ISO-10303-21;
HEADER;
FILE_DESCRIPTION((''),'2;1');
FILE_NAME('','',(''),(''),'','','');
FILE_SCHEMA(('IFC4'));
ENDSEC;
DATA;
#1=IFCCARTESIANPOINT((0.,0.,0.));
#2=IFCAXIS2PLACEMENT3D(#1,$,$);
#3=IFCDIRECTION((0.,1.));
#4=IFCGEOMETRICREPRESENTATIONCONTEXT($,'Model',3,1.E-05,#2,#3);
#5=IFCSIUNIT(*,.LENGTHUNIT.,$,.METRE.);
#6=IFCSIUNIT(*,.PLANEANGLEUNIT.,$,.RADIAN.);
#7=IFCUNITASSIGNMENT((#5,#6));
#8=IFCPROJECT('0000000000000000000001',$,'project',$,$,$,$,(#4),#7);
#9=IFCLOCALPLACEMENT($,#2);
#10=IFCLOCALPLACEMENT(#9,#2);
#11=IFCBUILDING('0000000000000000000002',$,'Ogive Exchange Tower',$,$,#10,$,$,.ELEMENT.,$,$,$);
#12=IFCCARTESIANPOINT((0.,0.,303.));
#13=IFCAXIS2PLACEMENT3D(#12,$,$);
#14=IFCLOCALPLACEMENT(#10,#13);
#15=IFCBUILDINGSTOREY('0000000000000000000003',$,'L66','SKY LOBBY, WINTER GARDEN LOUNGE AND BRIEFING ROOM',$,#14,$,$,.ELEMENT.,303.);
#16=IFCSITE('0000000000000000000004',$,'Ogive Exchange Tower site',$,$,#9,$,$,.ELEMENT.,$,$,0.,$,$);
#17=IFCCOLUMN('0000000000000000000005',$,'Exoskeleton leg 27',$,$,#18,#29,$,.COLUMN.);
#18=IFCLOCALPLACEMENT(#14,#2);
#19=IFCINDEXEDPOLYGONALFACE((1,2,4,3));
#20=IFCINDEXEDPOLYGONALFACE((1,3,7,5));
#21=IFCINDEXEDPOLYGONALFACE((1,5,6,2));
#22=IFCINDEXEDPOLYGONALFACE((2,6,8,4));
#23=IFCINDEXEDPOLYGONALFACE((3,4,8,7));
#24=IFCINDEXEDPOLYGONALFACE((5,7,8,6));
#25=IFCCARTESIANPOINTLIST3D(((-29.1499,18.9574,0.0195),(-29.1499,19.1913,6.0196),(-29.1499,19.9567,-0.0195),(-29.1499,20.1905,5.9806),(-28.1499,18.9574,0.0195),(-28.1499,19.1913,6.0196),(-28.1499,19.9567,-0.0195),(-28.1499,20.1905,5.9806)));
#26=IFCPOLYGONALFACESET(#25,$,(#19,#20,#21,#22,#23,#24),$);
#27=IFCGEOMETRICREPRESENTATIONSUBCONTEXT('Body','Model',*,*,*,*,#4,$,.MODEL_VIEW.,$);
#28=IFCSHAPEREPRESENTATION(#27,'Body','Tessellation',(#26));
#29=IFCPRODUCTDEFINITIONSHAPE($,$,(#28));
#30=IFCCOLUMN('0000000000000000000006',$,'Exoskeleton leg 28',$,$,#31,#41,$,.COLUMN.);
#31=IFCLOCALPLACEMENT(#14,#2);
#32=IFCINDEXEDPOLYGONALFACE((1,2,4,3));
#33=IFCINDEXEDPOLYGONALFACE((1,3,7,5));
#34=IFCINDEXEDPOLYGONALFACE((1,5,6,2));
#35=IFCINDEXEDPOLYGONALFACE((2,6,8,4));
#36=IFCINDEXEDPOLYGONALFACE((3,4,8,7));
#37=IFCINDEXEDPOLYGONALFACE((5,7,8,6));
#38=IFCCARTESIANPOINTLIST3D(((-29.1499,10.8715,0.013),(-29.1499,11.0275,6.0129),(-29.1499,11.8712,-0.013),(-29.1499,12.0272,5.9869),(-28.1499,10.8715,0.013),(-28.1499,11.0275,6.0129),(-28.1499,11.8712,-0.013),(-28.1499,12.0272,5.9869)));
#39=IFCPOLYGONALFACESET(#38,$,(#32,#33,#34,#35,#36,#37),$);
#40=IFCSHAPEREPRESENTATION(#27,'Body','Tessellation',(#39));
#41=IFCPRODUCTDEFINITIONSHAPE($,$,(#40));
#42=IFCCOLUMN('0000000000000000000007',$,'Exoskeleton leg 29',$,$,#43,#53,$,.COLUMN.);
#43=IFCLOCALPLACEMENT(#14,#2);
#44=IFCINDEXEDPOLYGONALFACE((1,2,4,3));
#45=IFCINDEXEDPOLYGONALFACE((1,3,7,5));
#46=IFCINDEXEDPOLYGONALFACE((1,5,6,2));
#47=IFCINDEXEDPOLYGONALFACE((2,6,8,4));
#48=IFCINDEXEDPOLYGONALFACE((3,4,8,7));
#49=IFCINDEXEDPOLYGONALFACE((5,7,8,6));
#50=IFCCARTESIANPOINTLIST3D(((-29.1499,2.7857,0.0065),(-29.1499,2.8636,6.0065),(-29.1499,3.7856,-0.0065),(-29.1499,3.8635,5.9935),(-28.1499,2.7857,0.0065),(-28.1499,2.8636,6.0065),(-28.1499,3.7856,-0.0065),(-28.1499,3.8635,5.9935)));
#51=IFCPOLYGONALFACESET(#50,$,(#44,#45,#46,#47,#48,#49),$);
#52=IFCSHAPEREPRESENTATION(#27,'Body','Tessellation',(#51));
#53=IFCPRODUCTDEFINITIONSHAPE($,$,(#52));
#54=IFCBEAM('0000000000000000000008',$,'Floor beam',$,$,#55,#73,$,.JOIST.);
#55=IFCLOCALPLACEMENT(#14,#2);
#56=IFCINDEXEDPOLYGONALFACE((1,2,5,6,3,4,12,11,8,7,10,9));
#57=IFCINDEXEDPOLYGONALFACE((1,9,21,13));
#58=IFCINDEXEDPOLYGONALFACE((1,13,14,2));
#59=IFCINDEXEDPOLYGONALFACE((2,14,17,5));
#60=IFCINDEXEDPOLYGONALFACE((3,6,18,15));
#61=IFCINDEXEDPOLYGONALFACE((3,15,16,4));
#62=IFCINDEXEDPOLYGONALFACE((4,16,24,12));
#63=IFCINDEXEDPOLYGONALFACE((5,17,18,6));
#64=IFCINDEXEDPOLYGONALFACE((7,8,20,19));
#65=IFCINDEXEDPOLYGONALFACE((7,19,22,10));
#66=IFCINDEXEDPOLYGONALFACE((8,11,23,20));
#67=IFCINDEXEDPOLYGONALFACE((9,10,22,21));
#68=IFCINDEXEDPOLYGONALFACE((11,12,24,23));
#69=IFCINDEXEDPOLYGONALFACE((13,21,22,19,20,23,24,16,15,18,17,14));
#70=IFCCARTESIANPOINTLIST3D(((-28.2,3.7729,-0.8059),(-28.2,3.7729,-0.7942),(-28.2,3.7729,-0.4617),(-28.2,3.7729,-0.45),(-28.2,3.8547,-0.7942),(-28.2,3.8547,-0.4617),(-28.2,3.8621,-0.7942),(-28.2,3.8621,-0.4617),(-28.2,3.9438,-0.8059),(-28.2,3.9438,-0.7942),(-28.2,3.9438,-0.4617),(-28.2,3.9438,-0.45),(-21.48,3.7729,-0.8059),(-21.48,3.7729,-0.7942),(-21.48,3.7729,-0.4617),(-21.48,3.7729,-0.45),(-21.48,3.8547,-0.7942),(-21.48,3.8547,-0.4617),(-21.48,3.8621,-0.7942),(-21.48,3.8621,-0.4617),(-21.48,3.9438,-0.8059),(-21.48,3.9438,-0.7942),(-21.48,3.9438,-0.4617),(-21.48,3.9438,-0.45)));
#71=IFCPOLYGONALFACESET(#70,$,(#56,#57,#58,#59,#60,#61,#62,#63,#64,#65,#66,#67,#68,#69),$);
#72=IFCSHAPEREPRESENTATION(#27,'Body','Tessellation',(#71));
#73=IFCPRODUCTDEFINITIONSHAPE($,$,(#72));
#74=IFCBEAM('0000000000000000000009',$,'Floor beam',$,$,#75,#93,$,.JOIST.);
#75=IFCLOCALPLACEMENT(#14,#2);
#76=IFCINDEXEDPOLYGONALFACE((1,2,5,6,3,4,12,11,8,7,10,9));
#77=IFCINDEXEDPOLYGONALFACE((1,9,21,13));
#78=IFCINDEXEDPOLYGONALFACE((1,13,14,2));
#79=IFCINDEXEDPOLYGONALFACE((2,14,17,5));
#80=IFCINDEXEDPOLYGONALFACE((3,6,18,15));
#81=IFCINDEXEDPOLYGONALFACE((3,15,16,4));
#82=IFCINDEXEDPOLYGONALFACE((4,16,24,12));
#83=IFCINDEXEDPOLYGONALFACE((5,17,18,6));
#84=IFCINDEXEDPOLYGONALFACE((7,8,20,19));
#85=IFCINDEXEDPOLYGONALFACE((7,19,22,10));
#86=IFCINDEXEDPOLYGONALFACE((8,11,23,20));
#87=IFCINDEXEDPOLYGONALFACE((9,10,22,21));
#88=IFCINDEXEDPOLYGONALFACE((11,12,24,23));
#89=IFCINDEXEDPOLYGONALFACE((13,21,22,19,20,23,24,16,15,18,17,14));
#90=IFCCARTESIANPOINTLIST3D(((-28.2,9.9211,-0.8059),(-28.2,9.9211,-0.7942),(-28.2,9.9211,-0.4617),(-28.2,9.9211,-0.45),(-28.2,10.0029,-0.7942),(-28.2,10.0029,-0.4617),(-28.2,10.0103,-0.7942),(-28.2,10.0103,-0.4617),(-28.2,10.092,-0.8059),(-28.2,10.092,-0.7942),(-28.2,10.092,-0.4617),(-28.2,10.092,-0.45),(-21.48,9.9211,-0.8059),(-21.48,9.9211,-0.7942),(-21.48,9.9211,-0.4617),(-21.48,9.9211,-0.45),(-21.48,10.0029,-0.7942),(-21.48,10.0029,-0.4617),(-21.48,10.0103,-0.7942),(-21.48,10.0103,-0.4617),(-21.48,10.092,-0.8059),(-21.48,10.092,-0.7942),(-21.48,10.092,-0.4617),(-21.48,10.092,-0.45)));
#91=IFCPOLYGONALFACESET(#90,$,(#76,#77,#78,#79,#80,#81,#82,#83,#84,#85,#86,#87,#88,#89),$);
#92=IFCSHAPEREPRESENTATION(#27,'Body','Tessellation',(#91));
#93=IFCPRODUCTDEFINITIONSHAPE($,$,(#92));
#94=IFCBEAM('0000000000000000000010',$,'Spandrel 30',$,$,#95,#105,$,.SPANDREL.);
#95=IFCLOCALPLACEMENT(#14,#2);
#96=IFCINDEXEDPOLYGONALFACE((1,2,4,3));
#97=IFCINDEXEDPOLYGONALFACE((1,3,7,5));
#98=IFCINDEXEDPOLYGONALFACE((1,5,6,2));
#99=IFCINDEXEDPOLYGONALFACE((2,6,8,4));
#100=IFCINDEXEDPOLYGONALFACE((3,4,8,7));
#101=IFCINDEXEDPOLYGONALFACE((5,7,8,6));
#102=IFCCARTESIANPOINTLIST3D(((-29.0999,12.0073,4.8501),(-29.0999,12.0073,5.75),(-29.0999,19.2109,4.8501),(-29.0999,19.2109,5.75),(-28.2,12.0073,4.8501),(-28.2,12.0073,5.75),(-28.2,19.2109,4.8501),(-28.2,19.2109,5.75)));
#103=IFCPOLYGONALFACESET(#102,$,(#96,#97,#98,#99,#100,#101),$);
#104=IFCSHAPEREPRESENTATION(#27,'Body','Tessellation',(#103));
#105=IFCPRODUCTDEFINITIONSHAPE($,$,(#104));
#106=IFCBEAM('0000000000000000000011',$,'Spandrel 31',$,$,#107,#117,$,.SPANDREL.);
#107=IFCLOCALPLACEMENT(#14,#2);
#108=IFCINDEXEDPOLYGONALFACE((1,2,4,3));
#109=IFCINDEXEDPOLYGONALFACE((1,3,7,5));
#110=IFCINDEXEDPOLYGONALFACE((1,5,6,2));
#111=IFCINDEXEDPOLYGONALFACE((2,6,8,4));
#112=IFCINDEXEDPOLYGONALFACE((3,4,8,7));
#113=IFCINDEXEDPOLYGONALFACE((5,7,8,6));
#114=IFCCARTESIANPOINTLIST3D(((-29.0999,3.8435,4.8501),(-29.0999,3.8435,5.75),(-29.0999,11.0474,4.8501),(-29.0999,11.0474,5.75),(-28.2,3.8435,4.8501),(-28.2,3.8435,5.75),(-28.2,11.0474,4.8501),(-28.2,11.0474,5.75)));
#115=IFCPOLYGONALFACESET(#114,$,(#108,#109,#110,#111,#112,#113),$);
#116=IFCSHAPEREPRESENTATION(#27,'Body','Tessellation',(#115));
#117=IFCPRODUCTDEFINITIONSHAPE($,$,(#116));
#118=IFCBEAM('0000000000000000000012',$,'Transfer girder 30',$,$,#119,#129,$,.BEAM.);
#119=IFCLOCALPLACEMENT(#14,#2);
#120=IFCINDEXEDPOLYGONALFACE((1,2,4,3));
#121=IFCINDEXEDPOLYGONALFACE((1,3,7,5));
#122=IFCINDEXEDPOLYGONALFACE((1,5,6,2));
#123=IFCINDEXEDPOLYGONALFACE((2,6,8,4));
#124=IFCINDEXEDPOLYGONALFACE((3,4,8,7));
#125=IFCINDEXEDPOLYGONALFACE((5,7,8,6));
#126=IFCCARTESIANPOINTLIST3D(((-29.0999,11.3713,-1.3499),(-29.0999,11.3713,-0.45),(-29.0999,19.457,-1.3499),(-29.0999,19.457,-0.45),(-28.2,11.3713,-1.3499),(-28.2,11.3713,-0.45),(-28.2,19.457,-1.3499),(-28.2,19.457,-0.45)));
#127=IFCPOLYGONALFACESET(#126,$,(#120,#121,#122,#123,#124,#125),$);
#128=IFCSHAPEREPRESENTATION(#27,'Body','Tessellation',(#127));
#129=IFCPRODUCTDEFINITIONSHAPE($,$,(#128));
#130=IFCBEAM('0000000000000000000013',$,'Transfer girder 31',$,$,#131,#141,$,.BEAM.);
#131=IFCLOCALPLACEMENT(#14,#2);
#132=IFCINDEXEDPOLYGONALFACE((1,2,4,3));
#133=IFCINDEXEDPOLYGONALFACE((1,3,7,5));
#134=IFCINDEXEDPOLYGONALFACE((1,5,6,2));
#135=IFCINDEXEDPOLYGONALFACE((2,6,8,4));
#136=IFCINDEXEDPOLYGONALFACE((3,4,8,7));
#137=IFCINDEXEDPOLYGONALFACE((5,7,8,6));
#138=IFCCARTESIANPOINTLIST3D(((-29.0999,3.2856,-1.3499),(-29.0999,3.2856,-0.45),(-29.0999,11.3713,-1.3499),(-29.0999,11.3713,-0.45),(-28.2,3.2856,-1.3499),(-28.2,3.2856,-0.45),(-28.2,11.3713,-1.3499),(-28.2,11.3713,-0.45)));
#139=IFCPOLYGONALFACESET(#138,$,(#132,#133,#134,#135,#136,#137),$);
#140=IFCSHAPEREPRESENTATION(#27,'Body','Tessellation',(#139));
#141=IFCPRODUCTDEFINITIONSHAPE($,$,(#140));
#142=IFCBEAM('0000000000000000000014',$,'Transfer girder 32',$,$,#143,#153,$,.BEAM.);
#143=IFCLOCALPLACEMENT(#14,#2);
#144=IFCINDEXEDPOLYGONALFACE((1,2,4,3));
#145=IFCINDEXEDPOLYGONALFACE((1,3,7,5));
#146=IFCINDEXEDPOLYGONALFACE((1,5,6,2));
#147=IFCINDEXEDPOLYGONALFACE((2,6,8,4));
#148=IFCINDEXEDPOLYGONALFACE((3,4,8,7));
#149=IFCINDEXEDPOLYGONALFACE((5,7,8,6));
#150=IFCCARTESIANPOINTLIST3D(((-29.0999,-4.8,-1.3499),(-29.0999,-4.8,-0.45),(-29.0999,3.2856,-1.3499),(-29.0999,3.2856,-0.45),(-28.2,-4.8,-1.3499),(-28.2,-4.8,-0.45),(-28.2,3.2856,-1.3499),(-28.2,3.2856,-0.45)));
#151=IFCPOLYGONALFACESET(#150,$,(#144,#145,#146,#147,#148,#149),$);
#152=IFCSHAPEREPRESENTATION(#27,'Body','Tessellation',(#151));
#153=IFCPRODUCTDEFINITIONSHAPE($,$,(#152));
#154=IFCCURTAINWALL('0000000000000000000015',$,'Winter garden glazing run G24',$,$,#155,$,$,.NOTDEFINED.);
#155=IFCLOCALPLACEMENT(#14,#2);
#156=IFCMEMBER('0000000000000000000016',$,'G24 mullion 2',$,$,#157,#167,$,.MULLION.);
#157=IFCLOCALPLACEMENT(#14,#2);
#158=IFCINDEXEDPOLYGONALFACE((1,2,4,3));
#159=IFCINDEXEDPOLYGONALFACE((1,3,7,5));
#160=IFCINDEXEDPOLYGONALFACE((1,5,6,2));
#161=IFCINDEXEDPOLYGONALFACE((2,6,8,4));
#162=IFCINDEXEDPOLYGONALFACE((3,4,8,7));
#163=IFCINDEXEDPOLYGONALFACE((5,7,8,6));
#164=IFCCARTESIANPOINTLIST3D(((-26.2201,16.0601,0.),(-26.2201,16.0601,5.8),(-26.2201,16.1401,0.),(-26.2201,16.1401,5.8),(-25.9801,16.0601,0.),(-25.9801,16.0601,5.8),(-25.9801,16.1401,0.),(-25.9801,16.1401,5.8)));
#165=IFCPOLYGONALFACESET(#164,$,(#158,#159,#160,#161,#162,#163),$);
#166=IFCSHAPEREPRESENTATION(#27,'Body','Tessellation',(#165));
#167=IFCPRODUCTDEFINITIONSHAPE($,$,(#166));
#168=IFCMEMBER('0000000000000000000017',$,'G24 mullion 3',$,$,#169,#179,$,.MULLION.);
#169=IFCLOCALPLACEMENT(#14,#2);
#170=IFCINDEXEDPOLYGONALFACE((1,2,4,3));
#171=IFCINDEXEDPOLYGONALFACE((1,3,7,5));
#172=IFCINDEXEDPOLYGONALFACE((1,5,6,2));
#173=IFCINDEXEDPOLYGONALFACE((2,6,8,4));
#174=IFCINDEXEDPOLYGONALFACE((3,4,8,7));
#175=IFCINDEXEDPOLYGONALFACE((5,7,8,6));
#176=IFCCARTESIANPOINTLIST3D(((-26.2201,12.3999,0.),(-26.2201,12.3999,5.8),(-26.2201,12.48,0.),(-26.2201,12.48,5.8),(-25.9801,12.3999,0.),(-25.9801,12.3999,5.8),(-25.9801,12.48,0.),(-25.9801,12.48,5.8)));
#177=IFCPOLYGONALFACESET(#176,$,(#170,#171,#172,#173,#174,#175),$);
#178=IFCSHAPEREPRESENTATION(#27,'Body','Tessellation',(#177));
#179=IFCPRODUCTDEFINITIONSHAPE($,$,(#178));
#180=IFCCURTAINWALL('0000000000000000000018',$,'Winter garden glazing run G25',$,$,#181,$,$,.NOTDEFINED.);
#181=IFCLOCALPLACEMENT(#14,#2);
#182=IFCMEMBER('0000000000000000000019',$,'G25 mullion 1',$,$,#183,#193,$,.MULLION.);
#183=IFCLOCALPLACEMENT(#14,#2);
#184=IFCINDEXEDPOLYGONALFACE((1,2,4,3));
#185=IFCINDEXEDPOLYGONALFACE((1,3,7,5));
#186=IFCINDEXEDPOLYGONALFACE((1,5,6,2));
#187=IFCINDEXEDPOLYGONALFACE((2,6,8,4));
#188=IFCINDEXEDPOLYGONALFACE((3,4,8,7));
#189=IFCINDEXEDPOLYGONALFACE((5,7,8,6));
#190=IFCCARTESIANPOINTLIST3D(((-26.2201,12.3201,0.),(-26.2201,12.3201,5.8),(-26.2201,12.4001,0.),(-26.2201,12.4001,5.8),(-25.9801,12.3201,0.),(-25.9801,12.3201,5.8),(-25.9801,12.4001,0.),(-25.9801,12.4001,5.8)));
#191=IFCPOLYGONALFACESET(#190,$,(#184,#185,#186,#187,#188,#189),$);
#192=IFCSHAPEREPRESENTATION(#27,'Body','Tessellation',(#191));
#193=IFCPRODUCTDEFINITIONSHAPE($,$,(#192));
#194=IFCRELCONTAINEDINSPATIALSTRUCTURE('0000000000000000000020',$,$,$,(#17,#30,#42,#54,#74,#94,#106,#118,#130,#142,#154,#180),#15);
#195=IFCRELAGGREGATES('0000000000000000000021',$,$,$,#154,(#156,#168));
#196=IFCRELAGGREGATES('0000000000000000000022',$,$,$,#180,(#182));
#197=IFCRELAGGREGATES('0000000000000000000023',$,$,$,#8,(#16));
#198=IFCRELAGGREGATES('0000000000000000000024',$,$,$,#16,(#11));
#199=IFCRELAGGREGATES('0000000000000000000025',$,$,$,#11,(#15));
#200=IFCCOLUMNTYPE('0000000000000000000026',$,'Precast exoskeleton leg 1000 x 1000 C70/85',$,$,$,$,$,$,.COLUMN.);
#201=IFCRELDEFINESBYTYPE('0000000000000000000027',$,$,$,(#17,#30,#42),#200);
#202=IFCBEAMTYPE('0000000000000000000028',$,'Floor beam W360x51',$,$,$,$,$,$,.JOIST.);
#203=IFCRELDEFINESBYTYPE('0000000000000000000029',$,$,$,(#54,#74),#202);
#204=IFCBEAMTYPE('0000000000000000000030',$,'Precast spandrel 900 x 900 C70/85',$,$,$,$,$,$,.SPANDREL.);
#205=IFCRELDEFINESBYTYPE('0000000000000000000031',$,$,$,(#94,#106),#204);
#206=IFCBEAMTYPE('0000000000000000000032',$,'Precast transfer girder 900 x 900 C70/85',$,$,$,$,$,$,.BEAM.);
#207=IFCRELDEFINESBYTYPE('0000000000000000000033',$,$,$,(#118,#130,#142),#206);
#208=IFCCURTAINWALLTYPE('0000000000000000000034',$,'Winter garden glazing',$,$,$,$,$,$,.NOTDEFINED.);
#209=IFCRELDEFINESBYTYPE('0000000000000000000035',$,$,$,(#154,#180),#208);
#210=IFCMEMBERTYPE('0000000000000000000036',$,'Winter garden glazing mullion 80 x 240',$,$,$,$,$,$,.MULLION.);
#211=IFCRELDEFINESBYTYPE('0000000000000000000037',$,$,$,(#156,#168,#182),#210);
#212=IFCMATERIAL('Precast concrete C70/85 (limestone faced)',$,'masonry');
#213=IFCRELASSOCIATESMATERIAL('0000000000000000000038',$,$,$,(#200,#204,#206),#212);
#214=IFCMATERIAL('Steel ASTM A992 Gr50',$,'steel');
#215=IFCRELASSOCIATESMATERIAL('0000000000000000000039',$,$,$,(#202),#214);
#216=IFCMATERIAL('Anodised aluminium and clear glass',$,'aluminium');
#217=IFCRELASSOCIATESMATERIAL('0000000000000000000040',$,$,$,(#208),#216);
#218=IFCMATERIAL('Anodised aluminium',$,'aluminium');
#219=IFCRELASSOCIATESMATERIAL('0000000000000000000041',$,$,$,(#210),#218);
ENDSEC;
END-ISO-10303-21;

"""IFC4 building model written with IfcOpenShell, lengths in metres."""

from ifc_helpers import new_model, si_unit, direction, frame, origin, origin_2d, place, context, subcontext, project, spatial, rectangle, i_section, extrude, material, material_profile, profile_set, type_object, element, aggregate, save


model = new_model("IFC4")

# Units and contexts
model_context = context("Model", 3, precision=1e-05, world=origin(), true_north=direction((0.0, 1.0)))
body_context = subcontext(model_context, "Body", "Model", "MODEL_VIEW")
ifc_project = project(units=[si_unit("LENGTHUNIT", "METRE"), si_unit("PLANEANGLEUNIT", "RADIAN")], contexts=[model_context])

# Site, building, storey
site_placement = place(None, origin())
site = spatial("IfcSite", under=ifc_project, at=site_placement, Name="Ogive Exchange Tower site", CompositionType="ELEMENT", RefElevation=0.0)
building_placement = place(site_placement, origin())
building = spatial("IfcBuilding", under=site, at=building_placement, Name="Ogive Exchange Tower", CompositionType="ELEMENT")
storey_placement = place(building_placement, frame((0.0, 0.0, 303.0)))
storey = spatial("IfcBuildingStorey", under=building, at=storey_placement, Name="L66", Description="SKY LOBBY, WINTER GARDEN LOUNGE AND BRIEFING ROOM", CompositionType="ELEMENT", Elevation=303.0)

# Columns
ifc_material_1 = material(Name="Precast concrete C70/85 (limestone faced)", Category="masonry")
ifc_material_profile_1 = material_profile(ifc_material_1, rectangle(XDim=1.0, YDim=1.0, at=origin_2d()), Name="1000 x 1000")
ifc_profile_set_1 = profile_set([ifc_material_profile_1], Name="Precast concrete C70/85 (limestone faced)")
column_type = type_object("IfcColumnType", Name="Precast exoskeleton leg 1000 x 1000 C70/85", PredefinedType="COLUMN", material=ifc_profile_set_1)
column_1_placement = place(storey_placement, frame((-28.6499, 19.457, 0.0), z_axis=(0.0, 0.038952, 0.999241), x_axis=(-1.0, 0.0, 0.0)))
element("IfcColumn", 1, at=column_1_placement, inside=storey, type_object=column_type, Name="Exoskeleton leg 27", PredefinedType="COLUMN", context=body_context, shape_type="SweptSolid", body=[
    extrude(rectangle(XDim=1.0, YDim=1.0, at=origin_2d()), origin(), (0.0, 0.0, 1.0), 6.0046),
])
column_2_placement = place(storey_placement, frame((-28.6499, 11.3713, 0.0), z_axis=(0.0, 0.025992, 0.999662), x_axis=(-1.0, 0.0, 0.0)))
element("IfcColumn", 2, at=column_2_placement, inside=storey, type_object=column_type, Name="Exoskeleton leg 28", PredefinedType="COLUMN", context=body_context, shape_type="SweptSolid", body=[
    extrude(rectangle(XDim=1.0, YDim=1.0, at=origin_2d()), origin(), (0.0, 0.0, 1.0), 6.002),
])
column_3_placement = place(storey_placement, frame((-28.6499, 3.2856, 0.0), z_axis=(0.0, 0.012979, 0.999916), x_axis=(-1.0, 0.0, 0.0)))
element("IfcColumn", 3, at=column_3_placement, inside=storey, type_object=column_type, Name="Exoskeleton leg 29", PredefinedType="COLUMN", context=body_context, shape_type="SweptSolid", body=[
    extrude(rectangle(XDim=1.0, YDim=1.0, at=origin_2d()), origin(), (0.0, 0.0, 1.0), 6.0005),
])

# Beams
ifc_material_2 = material(Name="Steel ASTM A992 Gr50", Category="steel")
ifc_material_profile_2 = material_profile(ifc_material_2, i_section(OverallWidth=0.1709, OverallDepth=0.356, WebThickness=0.0073, FlangeThickness=0.0117, at=origin_2d()), Name="W360x51")
ifc_profile_set_2 = profile_set([ifc_material_profile_2], Name="Steel ASTM A992 Gr50")
beam_type_1 = type_object("IfcBeamType", Name="Floor beam W360x51", PredefinedType="JOIST", material=ifc_profile_set_2)
for number, where, z_axis, x_axis, name in (
    (4, (-28.2, 3.8584, -0.6279), (1.0, 0.0, 0.0), (0.0, 1.0, 0.0), "Floor beam"),
    (5, (-28.2, 10.0066, -0.6279), (1.0, 0.0, 0.0), (0.0, 1.0, 0.0), "Floor beam"),
):
    element("IfcBeam", number, at=place(storey_placement, frame(where, z_axis=z_axis, x_axis=x_axis)), inside=storey, type_object=beam_type_1, Name=name, PredefinedType="JOIST", context=body_context, shape_type="SweptSolid", body=[
        extrude(i_section(OverallWidth=0.1709, OverallDepth=0.356, WebThickness=0.0073, FlangeThickness=0.0117, at=origin_2d()), origin(), (0.0, 0.0, 1.0), 6.72),
    ])
ifc_material_profile_3 = material_profile(ifc_material_1, rectangle(XDim=0.8999, YDim=0.8999, at=origin_2d()), Name="900 x 900")
ifc_profile_set_3 = profile_set([ifc_material_profile_3], Name="Precast concrete C70/85 (limestone faced)")
beam_type_2 = type_object("IfcBeamType", Name="Precast spandrel 900 x 900 C70/85", PredefinedType="SPANDREL", material=ifc_profile_set_3)
beam_1_placement = place(storey_placement, frame((-28.6499, 19.2109, 5.3), z_axis=(0.0, -1.0, 0.0), x_axis=(1.0, 0.0, 0.0)))
element("IfcBeam", 6, at=beam_1_placement, inside=storey, type_object=beam_type_2, Name="Spandrel 30", PredefinedType="SPANDREL", context=body_context, shape_type="SweptSolid", body=[
    extrude(rectangle(XDim=0.8999, YDim=0.8999, at=origin_2d()), origin(), (0.0, 0.0, 1.0), 7.2036),
])
beam_2_placement = place(storey_placement, frame((-28.6499, 11.0474, 5.3), z_axis=(0.0, -1.0, 0.0), x_axis=(1.0, 0.0, 0.0)))
element("IfcBeam", 7, at=beam_2_placement, inside=storey, type_object=beam_type_2, Name="Spandrel 31", PredefinedType="SPANDREL", context=body_context, shape_type="SweptSolid", body=[
    extrude(rectangle(XDim=0.8999, YDim=0.8999, at=origin_2d()), origin(), (0.0, 0.0, 1.0), 7.2039),
])
ifc_material_profile_4 = material_profile(ifc_material_1, rectangle(XDim=0.8999, YDim=0.8999, at=origin_2d()), Name="900 x 900")
ifc_profile_set_4 = profile_set([ifc_material_profile_4], Name="Precast concrete C70/85 (limestone faced)")
beam_type_3 = type_object("IfcBeamType", Name="Precast transfer girder 900 x 900 C70/85", PredefinedType="BEAM", material=ifc_profile_set_4)
for number, where, z_axis, x_axis, name in (
    (8, (-28.6499, 19.457, -0.8999), (0.0, -1.0, 0.0), (1.0, 0.0, 0.0), "Transfer girder 30"),
    (9, (-28.6499, 11.3713, -0.8999), (0.0, -1.0, 0.0), (1.0, 0.0, 0.0), "Transfer girder 31"),
    (10, (-28.6499, 3.2856, -0.8999), (0.0, -1.0, 0.0), (1.0, 0.0, 0.0), "Transfer girder 32"),
):
    element("IfcBeam", number, at=place(storey_placement, frame(where, z_axis=z_axis, x_axis=x_axis)), inside=storey, type_object=beam_type_3, Name=name, PredefinedType="BEAM", context=body_context, shape_type="SweptSolid", body=[
        extrude(rectangle(XDim=0.8999, YDim=0.8999, at=origin_2d()), origin(), (0.0, 0.0, 1.0), 8.0857),
    ])

# Curtain walls, members
ifc_material_3 = material(Name="Anodised aluminium and clear glass", Category="aluminium")
curtain_wall_type = type_object("IfcCurtainWallType", Name="Winter garden glazing", PredefinedType="NOTDEFINED", material=ifc_material_3)
curtain_wall_1_placement = place(storey_placement, origin())
curtain_wall_1 = element("IfcCurtainWall", 11, at=curtain_wall_1_placement, inside=storey, type_object=curtain_wall_type, Name="Winter garden glazing run G24", PredefinedType="NOTDEFINED")
ifc_material_4 = material(Name="Anodised aluminium", Category="aluminium")
ifc_material_profile_5 = material_profile(ifc_material_4, rectangle(XDim=0.24, YDim=0.0801, at=origin_2d()), Name="AL 80x240")
ifc_profile_set_5 = profile_set([ifc_material_profile_5], Name="Anodised aluminium")
member_type_1 = type_object("IfcMemberType", Name="Winter garden glazing mullion 80 x 240", PredefinedType="MULLION", material=ifc_profile_set_5)
member_1_placement = place(storey_placement, frame((-26.1001, 16.1001, 0.0), z_axis=(0.0, 0.0, 1.0), x_axis=(1.0, 0.0, 0.0)))
member_1 = element("IfcMember", 12, at=member_1_placement, type_object=member_type_1, Name="G24 mullion 2", PredefinedType="MULLION", context=body_context, shape_type="SweptSolid", body=[
    extrude(rectangle(XDim=0.24, YDim=0.0801, at=origin_2d()), origin(), (0.0, 0.0, 1.0), 5.8),
])
member_2_placement = place(storey_placement, frame((-26.1001, 12.4399, 0.0), z_axis=(0.0, 0.0, 1.0), x_axis=(1.0, 0.0, 0.0)))
member_2 = element("IfcMember", 13, at=member_2_placement, type_object=member_type_1, Name="G24 mullion 3", PredefinedType="MULLION", context=body_context, shape_type="SweptSolid", body=[
    extrude(rectangle(XDim=0.24, YDim=0.0801, at=origin_2d()), origin(), (0.0, 0.0, 1.0), 5.8),
])
curtain_wall_2_placement = place(storey_placement, origin())
curtain_wall_2 = element("IfcCurtainWall", 14, at=curtain_wall_2_placement, inside=storey, type_object=curtain_wall_type, Name="Winter garden glazing run G25", PredefinedType="NOTDEFINED")
member_3_placement = place(storey_placement, frame((-26.1001, 12.3601, 0.0), z_axis=(0.0, 0.0, 1.0), x_axis=(1.0, 0.0, 0.0)))
member_3 = element("IfcMember", 15, at=member_3_placement, type_object=member_type_1, Name="G25 mullion 1", PredefinedType="MULLION", context=body_context, shape_type="SweptSolid", body=[
    extrude(rectangle(XDim=0.24, YDim=0.0801, at=origin_2d()), origin(), (0.0, 0.0, 1.0), 5.8),
])

aggregate(curtain_wall_1, [member_1, member_2])
aggregate(curtain_wall_2, [member_3])

save(model, "model.ifc")
